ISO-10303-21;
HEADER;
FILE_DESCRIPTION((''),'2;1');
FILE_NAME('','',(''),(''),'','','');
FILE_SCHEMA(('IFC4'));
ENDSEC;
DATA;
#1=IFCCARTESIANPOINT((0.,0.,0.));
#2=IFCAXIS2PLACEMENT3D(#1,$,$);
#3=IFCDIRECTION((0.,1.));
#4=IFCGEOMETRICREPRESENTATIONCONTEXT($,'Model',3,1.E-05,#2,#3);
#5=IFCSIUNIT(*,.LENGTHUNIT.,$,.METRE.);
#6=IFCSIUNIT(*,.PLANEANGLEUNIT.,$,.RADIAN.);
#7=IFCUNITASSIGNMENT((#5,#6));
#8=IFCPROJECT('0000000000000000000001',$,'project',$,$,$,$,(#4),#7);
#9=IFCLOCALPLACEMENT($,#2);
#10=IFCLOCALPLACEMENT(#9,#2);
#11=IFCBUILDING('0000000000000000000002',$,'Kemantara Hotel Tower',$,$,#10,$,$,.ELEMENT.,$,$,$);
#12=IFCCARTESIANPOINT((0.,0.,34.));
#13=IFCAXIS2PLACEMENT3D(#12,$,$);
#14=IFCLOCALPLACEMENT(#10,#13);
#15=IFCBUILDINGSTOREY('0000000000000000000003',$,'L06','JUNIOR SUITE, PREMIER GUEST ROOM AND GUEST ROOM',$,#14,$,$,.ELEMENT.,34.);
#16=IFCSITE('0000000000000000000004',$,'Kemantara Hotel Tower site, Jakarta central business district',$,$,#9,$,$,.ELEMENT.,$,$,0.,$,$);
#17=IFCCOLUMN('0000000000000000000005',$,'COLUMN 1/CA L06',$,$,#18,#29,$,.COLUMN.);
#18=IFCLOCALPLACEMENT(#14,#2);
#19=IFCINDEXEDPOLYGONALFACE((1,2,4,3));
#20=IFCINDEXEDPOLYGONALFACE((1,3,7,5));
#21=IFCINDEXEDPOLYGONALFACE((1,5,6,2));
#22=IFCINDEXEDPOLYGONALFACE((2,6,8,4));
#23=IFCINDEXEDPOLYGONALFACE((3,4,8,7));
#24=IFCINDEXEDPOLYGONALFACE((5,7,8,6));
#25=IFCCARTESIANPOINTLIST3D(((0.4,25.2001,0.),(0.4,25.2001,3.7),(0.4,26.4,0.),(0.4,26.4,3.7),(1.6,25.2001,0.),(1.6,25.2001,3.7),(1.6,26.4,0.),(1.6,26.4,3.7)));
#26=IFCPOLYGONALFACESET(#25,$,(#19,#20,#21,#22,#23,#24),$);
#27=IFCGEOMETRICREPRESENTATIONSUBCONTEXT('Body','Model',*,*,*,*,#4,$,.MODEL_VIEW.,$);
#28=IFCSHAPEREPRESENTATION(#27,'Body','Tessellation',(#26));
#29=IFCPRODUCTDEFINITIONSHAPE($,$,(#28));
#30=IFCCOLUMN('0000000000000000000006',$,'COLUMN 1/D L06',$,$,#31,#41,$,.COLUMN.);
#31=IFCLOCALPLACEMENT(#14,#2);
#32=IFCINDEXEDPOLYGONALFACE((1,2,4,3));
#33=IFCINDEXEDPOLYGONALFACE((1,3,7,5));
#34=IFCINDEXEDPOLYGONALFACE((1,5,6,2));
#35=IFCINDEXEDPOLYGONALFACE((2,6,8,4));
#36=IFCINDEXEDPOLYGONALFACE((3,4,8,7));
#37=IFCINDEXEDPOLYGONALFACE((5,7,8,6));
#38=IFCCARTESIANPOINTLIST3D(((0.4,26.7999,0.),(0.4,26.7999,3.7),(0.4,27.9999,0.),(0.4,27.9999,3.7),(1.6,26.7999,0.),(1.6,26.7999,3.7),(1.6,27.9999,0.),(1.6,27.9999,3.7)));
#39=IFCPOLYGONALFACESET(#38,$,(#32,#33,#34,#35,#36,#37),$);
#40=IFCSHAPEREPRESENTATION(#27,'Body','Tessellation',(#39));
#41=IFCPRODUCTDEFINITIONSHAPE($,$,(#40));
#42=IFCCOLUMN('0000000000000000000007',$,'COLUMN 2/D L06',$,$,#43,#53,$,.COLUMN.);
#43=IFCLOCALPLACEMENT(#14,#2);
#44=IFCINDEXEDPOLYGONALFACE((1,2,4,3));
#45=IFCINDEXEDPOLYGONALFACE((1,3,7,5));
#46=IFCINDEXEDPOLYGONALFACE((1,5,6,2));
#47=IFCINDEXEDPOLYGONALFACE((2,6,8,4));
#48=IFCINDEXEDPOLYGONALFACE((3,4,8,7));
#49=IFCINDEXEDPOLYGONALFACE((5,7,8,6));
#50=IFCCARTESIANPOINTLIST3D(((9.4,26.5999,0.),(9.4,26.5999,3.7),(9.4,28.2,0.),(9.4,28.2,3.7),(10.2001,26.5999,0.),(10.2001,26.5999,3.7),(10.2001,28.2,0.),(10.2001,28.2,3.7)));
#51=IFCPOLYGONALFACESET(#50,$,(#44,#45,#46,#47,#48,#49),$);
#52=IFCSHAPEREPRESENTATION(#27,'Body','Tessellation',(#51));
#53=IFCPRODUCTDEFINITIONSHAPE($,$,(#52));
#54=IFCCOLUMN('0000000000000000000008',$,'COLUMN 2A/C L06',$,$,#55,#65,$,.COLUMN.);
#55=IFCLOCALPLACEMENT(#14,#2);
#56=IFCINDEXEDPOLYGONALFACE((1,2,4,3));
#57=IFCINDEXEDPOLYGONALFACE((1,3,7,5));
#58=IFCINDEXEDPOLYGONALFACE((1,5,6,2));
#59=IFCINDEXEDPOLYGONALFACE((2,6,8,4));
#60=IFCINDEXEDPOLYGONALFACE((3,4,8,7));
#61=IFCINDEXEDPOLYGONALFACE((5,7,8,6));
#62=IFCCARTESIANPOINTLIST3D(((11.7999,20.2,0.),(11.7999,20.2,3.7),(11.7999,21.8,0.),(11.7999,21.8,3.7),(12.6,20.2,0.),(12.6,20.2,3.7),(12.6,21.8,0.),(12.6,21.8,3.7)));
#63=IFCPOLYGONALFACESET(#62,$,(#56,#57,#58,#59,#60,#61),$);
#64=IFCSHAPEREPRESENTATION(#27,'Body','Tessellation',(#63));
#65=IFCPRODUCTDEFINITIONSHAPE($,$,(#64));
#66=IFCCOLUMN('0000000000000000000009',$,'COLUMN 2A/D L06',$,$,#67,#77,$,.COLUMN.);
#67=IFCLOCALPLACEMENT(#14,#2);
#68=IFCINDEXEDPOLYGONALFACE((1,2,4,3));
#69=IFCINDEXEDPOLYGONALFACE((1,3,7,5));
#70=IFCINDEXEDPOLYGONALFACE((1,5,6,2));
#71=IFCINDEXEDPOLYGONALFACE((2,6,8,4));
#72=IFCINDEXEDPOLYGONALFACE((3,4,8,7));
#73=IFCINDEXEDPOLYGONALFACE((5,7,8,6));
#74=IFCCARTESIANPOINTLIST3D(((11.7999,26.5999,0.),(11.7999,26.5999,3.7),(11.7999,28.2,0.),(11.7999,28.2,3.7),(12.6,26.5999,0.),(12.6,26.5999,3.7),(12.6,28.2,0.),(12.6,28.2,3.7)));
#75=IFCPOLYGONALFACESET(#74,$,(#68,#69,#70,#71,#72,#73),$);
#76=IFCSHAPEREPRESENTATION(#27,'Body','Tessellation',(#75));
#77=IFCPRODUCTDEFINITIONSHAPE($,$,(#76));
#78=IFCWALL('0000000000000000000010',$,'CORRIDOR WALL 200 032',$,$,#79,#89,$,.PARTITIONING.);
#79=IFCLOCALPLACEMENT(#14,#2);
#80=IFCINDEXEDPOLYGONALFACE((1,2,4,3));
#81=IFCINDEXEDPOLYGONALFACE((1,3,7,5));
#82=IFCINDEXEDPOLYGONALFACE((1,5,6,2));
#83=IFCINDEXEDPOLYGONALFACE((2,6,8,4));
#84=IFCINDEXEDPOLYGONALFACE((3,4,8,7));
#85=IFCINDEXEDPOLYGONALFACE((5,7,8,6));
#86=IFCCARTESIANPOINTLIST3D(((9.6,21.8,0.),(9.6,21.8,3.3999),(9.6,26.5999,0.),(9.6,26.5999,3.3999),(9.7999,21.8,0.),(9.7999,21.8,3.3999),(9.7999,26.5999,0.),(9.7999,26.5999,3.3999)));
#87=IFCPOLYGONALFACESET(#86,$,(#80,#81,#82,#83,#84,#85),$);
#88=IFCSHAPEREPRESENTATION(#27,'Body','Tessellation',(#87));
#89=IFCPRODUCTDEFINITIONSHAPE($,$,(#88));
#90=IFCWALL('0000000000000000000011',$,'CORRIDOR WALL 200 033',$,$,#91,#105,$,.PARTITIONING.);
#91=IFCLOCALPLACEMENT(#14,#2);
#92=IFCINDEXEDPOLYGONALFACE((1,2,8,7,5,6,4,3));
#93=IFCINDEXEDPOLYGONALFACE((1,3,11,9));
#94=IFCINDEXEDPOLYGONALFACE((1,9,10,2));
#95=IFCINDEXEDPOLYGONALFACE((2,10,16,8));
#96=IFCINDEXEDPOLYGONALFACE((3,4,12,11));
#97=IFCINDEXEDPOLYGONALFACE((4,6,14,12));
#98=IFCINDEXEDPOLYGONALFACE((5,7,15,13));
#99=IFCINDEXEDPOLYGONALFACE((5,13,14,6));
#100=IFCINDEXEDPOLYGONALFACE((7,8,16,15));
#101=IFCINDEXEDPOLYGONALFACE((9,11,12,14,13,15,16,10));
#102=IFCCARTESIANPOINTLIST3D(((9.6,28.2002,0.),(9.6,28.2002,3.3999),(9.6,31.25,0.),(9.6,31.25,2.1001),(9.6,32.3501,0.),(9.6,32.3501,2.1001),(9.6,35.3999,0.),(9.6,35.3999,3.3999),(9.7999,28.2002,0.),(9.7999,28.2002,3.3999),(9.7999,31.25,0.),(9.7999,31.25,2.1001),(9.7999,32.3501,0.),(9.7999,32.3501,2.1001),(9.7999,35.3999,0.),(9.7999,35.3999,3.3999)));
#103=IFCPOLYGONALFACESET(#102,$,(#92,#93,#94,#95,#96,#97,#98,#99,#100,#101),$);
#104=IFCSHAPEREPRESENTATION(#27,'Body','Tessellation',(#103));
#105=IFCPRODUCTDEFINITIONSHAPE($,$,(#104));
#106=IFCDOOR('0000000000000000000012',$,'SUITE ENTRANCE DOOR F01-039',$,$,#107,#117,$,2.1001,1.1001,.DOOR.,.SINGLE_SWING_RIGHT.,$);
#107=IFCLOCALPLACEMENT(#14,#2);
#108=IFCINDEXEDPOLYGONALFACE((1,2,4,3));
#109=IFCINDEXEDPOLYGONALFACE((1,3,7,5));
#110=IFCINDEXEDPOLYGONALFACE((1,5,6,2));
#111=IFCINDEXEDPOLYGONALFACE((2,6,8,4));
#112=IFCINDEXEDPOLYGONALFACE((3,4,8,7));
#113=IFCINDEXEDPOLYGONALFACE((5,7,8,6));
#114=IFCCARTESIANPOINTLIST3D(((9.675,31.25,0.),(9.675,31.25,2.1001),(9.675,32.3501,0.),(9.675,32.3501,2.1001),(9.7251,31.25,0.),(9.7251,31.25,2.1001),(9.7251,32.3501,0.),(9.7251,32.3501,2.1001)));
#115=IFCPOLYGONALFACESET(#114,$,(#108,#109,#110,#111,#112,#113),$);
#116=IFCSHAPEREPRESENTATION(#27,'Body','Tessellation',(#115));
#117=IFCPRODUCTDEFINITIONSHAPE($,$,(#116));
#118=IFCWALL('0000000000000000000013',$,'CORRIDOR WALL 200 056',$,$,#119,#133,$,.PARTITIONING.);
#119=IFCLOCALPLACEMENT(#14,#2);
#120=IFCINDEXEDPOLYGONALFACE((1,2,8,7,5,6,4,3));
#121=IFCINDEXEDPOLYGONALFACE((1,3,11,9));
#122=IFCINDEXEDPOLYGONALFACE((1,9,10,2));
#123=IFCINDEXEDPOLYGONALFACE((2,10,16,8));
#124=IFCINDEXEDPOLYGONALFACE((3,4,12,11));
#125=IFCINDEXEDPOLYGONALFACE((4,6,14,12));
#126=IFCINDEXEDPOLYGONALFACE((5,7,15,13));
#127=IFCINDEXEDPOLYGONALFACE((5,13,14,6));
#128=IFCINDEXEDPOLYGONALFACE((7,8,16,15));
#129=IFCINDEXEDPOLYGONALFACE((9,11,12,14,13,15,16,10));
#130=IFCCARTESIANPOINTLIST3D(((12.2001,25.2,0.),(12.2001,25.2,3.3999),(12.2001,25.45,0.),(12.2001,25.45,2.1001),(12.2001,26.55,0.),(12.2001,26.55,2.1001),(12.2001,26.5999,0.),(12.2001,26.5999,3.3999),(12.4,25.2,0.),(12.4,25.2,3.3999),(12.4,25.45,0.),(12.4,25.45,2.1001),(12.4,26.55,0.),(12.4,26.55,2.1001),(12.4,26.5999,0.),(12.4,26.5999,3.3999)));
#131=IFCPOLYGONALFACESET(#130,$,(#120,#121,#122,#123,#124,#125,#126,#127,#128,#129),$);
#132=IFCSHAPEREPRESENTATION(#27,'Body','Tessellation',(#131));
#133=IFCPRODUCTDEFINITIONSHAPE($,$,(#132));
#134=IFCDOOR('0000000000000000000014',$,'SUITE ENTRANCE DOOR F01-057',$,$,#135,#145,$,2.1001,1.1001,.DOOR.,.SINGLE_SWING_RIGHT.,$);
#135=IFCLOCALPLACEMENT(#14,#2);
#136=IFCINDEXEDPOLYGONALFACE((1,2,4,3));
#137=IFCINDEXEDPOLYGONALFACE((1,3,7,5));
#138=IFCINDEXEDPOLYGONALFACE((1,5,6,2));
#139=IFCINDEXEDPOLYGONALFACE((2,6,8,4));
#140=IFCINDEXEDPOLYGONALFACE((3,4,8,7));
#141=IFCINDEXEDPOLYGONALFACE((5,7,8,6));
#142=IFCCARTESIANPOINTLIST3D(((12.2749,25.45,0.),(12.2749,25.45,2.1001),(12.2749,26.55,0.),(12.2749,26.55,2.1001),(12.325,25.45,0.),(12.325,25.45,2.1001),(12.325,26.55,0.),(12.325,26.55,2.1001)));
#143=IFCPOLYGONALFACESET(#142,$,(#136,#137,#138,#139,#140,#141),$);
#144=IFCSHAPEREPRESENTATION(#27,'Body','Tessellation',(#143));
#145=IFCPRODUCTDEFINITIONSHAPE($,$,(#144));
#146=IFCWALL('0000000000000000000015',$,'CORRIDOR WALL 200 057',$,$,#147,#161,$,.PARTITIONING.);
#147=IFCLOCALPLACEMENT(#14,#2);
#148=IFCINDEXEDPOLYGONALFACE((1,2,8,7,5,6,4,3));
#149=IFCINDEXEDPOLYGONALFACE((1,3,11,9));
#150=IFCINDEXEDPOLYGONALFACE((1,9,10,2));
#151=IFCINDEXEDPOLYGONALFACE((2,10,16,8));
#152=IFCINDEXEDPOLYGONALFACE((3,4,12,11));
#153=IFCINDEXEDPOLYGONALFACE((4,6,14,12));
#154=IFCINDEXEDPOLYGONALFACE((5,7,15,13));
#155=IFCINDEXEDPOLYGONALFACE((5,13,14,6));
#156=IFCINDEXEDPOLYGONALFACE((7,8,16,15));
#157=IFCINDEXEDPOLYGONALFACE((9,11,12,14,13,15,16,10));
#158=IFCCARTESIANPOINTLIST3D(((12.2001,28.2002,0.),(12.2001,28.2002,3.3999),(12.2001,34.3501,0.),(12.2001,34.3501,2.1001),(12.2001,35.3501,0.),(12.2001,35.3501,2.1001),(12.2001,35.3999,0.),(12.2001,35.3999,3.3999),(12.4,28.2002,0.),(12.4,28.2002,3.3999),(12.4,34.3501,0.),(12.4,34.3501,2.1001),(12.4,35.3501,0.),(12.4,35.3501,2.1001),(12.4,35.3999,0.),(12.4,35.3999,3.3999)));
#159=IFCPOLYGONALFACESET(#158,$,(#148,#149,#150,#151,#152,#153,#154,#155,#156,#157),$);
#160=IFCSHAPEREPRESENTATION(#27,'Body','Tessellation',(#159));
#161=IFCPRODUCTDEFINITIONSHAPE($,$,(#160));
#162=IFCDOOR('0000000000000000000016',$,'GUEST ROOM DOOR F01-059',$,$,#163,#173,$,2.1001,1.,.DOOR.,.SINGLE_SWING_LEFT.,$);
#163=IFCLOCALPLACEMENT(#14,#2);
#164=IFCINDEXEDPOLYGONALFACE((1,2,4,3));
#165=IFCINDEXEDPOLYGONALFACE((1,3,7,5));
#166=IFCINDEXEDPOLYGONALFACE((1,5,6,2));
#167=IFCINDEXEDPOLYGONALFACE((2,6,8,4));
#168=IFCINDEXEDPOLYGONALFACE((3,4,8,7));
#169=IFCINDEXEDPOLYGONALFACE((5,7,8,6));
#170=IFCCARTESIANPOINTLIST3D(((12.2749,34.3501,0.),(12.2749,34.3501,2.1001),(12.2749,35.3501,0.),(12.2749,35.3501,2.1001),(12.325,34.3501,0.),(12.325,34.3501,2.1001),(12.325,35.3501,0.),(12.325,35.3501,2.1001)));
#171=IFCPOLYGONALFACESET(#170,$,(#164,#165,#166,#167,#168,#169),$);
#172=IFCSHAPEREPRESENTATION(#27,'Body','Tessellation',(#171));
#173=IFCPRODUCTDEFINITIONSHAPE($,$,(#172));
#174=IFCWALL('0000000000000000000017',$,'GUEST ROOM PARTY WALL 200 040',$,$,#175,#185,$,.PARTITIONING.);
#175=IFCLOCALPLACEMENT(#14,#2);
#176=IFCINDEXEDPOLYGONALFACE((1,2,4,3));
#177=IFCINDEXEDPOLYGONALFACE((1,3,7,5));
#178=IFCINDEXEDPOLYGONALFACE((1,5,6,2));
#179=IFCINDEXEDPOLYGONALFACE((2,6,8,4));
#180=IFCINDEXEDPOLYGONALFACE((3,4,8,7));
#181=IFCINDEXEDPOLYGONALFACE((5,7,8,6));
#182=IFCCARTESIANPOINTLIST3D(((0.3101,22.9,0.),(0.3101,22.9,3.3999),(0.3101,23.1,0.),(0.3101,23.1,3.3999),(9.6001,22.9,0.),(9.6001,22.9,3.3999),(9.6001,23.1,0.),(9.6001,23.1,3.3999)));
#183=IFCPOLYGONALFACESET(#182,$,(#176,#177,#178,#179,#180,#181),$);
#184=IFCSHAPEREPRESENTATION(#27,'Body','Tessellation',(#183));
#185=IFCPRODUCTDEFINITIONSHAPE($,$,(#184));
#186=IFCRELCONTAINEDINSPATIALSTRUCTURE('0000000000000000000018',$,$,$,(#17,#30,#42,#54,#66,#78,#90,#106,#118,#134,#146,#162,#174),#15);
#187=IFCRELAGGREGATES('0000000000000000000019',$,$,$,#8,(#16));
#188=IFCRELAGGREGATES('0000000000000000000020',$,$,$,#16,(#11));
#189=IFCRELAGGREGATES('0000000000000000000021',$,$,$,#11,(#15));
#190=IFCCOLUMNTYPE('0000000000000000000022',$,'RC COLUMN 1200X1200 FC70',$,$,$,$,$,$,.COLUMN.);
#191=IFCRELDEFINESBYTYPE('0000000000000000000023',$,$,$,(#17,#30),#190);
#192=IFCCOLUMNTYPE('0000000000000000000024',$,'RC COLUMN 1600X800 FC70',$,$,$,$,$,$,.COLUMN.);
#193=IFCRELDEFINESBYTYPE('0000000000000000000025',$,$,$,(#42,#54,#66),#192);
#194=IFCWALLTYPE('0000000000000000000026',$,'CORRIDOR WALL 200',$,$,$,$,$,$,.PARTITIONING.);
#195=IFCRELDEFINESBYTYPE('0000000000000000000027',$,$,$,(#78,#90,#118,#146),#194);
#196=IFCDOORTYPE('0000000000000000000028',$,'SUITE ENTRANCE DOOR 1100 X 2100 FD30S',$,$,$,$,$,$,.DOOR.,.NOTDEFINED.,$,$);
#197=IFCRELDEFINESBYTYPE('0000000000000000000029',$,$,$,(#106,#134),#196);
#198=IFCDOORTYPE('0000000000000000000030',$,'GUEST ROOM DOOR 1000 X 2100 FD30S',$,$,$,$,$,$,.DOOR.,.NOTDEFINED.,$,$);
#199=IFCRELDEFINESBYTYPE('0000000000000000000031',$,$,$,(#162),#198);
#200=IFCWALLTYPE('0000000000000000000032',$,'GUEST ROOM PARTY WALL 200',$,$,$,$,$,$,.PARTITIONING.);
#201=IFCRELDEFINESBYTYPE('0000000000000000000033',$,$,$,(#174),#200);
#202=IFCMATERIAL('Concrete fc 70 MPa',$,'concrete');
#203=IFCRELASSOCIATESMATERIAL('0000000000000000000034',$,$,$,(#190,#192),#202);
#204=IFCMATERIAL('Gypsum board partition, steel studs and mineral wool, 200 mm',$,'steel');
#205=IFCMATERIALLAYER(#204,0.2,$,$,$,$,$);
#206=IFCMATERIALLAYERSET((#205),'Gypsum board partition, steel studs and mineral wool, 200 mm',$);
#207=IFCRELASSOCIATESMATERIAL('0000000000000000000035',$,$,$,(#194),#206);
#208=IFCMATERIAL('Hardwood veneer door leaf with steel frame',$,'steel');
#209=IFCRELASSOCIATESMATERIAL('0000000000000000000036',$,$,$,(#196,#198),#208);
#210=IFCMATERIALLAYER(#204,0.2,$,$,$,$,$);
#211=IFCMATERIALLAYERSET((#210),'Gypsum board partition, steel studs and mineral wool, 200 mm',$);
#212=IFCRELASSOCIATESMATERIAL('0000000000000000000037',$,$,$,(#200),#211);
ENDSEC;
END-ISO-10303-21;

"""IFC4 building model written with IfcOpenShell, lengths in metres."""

from ifc_helpers import new_model, si_unit, direction, frame, frame_2d, origin, origin_2d, place, context, subcontext, project, spatial, rectangle, extrude, material, layer, layer_set, material_profile, profile_set, type_object, element, fill, save


model = new_model("IFC4")

# Units and contexts
model_context = context("Model", 3, precision=1e-05, world=origin(), true_north=direction((0.0, 1.0)))
body_context = subcontext(model_context, "Body", "Model", "MODEL_VIEW")
ifc_project = project(units=[si_unit("LENGTHUNIT", "METRE"), si_unit("PLANEANGLEUNIT", "RADIAN")], contexts=[model_context])

# Site, building, storey
site_placement = place(None, origin())
site = spatial("IfcSite", under=ifc_project, at=site_placement, Name="Kemantara Hotel Tower site, Jakarta central business district", CompositionType="ELEMENT", RefElevation=0.0)
building_placement = place(site_placement, origin())
building = spatial("IfcBuilding", under=site, at=building_placement, Name="Kemantara Hotel Tower", CompositionType="ELEMENT")
storey_placement = place(building_placement, frame((0.0, 0.0, 34.0)))
storey = spatial("IfcBuildingStorey", under=building, at=storey_placement, Name="L06", Description="JUNIOR SUITE, PREMIER GUEST ROOM AND GUEST ROOM", CompositionType="ELEMENT", Elevation=34.0)

# Columns
ifc_material_1 = material(Name="Concrete fc 70 MPa", Category="concrete")
ifc_material_profile_1 = material_profile(ifc_material_1, rectangle(XDim=1.2, YDim=1.2, at=origin_2d()), Name="RC 1200X1200")
ifc_profile_set_1 = profile_set([ifc_material_profile_1], Name="Concrete fc 70 MPa")
column_type_1 = type_object("IfcColumnType", Name="RC COLUMN 1200X1200 FC70", PredefinedType="COLUMN", material=ifc_profile_set_1)
for number, where, z_axis, x_axis, name in (
    (1, (1.0, 25.8, 0.0), (0.0, 0.0, 1.0), (1.0, 0.0, 0.0), "COLUMN 1/CA L06"),
    (2, (1.0, 27.3999, 0.0), (0.0, 0.0, 1.0), (1.0, 0.0, 0.0), "COLUMN 1/D L06"),
):
    element("IfcColumn", number, at=place(storey_placement, frame(where, z_axis=z_axis, x_axis=x_axis)), inside=storey, type_object=column_type_1, Name=name, PredefinedType="COLUMN", context=body_context, shape_type="SweptSolid", body=[
        extrude(rectangle(XDim=1.2, YDim=1.2, at=origin_2d()), origin(), (0.0, 0.0, 1.0), 3.7),
    ])
ifc_material_profile_2 = material_profile(ifc_material_1, rectangle(XDim=1.6001, YDim=0.8, at=origin_2d()), Name="RC 1600X800")
ifc_profile_set_2 = profile_set([ifc_material_profile_2], Name="Concrete fc 70 MPa")
column_type_2 = type_object("IfcColumnType", Name="RC COLUMN 1600X800 FC70", PredefinedType="COLUMN", material=ifc_profile_set_2)
for number, where, z_axis, x_axis, name in (
    (3, (9.8, 27.3999, 0.0), (0.0, 0.0, 1.0), (0.0, 1.0, 0.0), "COLUMN 2/D L06"),
    (4, (12.2, 21.0, 0.0), (0.0, 0.0, 1.0), (0.0, 1.0, 0.0), "COLUMN 2A/C L06"),
    (5, (12.2, 27.3999, 0.0), (0.0, 0.0, 1.0), (0.0, 1.0, 0.0), "COLUMN 2A/D L06"),
):
    element("IfcColumn", number, at=place(storey_placement, frame(where, z_axis=z_axis, x_axis=x_axis)), inside=storey, type_object=column_type_2, Name=name, PredefinedType="COLUMN", context=body_context, shape_type="SweptSolid", body=[
        extrude(rectangle(XDim=1.6001, YDim=0.8, at=origin_2d()), origin(), (0.0, 0.0, 1.0), 3.7),
    ])

# Wall
ifc_material_2 = material(Name="Gypsum board partition, steel studs and mineral wool, 200 mm", Category="steel")
ifc_layer_1 = layer(ifc_material_2, 0.2)
ifc_layer_set_1 = layer_set([ifc_layer_1], Name="Gypsum board partition, steel studs and mineral wool, 200 mm")
wall_type_1 = type_object("IfcWallType", Name="CORRIDOR WALL 200", PredefinedType="PARTITIONING", material=ifc_layer_set_1)
wall_1_placement = place(storey_placement, frame((9.7, 21.8, 0.0), z_axis=(0.0, 0.0, 1.0), x_axis=(0.0, 1.0, 0.0)))
element("IfcWall", 6, at=wall_1_placement, inside=storey, type_object=wall_type_1, Name="CORRIDOR WALL 200 032", PredefinedType="PARTITIONING", context=body_context, shape_type="SweptSolid", body=[
    extrude(rectangle(XDim=4.7998, YDim=0.2, at=frame_2d((2.3999, 0.0))), origin(), (0.0, 0.0, 1.0), 3.3999),
])

# Walls, openings, doors
wall_2_placement = place(storey_placement, frame((9.7, 28.2002, 0.0), z_axis=(0.0, 0.0, 1.0), x_axis=(0.0, 1.0, 0.0)))
wall_2 = element("IfcWall", 7, at=wall_2_placement, inside=storey, type_object=wall_type_1, Name="CORRIDOR WALL 200 033", PredefinedType="PARTITIONING", context=body_context, shape_type="SweptSolid", body=[
    extrude(rectangle(XDim=7.1997, YDim=0.2, at=frame_2d((3.5999, 0.0))), origin(), (0.0, 0.0, 1.0), 3.3999),
])
opening_1_placement = place(wall_2_placement, frame((3.0498, 0.0, 0.0)))
opening_1 = element("IfcOpeningElement", 8, at=opening_1_placement, cuts=wall_2, PredefinedType="OPENING", context=body_context, shape_type="SweptSolid", body=[
    extrude(rectangle(XDim=1.1001, YDim=2.1001, at=frame_2d((0.55, 1.05))), frame((0.0, 0.1099, 0.0), z_axis=(0.0, -1.0, 0.0), x_axis=(1.0, 0.0, 0.0)), (0.0, 0.0, 1.0), 0.22),
])
ifc_material_3 = material(Name="Hardwood veneer door leaf with steel frame", Category="steel")
door_type_1 = type_object("IfcDoorType", Name="SUITE ENTRANCE DOOR 1100 X 2100 FD30S", OperationType="NOTDEFINED", PredefinedType="DOOR", material=ifc_material_3)
door_1_placement = place(opening_1_placement, origin())
door_1 = element("IfcDoor", 9, at=door_1_placement, inside=storey, type_object=door_type_1, Name="SUITE ENTRANCE DOOR F01-039", OperationType="SINGLE_SWING_RIGHT", OverallHeight=2.1001, OverallWidth=1.1001, PredefinedType="DOOR", context=body_context, shape_type="SweptSolid", body=[
    extrude(rectangle(XDim=1.1001, YDim=2.1001, at=frame_2d((0.55, 1.05))), frame((0.0, 0.0249, 0.0), z_axis=(0.0, -1.0, 0.0), x_axis=(1.0, 0.0, 0.0)), (0.0, 0.0, 1.0), 0.05),
])
fill(opening_1, door_1)
wall_3_placement = place(storey_placement, frame((12.3, 26.5999, 0.0), z_axis=(0.0, 0.0, 1.0), x_axis=(0.0, -1.0, 0.0)))
wall_3 = element("IfcWall", 10, at=wall_3_placement, inside=storey, type_object=wall_type_1, Name="CORRIDOR WALL 200 056", PredefinedType="PARTITIONING", context=body_context, shape_type="SweptSolid", body=[
    extrude(rectangle(XDim=1.3999, YDim=0.2, at=frame_2d((0.7, 0.0))), origin(), (0.0, 0.0, 1.0), 3.3999),
])
opening_2_placement = place(wall_3_placement, frame((0.0498, 0.0, 0.0)))
opening_2 = element("IfcOpeningElement", 11, at=opening_2_placement, cuts=wall_3, PredefinedType="OPENING", context=body_context, shape_type="SweptSolid", body=[
    extrude(rectangle(XDim=1.1001, YDim=2.1001, at=frame_2d((0.55, 1.05))), frame((0.0, 0.1099, 0.0), z_axis=(0.0, -1.0, 0.0), x_axis=(1.0, 0.0, 0.0)), (0.0, 0.0, 1.0), 0.22),
])
door_2_placement = place(opening_2_placement, origin())
door_2 = element("IfcDoor", 12, at=door_2_placement, inside=storey, type_object=door_type_1, Name="SUITE ENTRANCE DOOR F01-057", OperationType="SINGLE_SWING_RIGHT", OverallHeight=2.1001, OverallWidth=1.1001, PredefinedType="DOOR", context=body_context, shape_type="SweptSolid", body=[
    extrude(rectangle(XDim=1.1001, YDim=2.1001, at=frame_2d((0.55, 1.05))), frame((0.0, 0.0249, 0.0), z_axis=(0.0, -1.0, 0.0), x_axis=(1.0, 0.0, 0.0)), (0.0, 0.0, 1.0), 0.05),
])
fill(opening_2, door_2)
wall_4_placement = place(storey_placement, frame((12.3, 35.3999, 0.0), z_axis=(0.0, 0.0, 1.0), x_axis=(0.0, -1.0, 0.0)))
wall_4 = element("IfcWall", 13, at=wall_4_placement, inside=storey, type_object=wall_type_1, Name="CORRIDOR WALL 200 057", PredefinedType="PARTITIONING", context=body_context, shape_type="SweptSolid", body=[
    extrude(rectangle(XDim=7.1997, YDim=0.2, at=frame_2d((3.5999, 0.0))), origin(), (0.0, 0.0, 1.0), 3.3999),
])
opening_3_placement = place(wall_4_placement, frame((0.0498, 0.0, 0.0)))
opening_3 = element("IfcOpeningElement", 14, at=opening_3_placement, cuts=wall_4, PredefinedType="OPENING", context=body_context, shape_type="SweptSolid", body=[
    extrude(rectangle(XDim=1.0, YDim=2.1001, at=frame_2d((0.5, 1.05))), frame((0.0, 0.1099, 0.0), z_axis=(0.0, -1.0, 0.0), x_axis=(1.0, 0.0, 0.0)), (0.0, 0.0, 1.0), 0.22),
])
door_type_2 = type_object("IfcDoorType", Name="GUEST ROOM DOOR 1000 X 2100 FD30S", OperationType="NOTDEFINED", PredefinedType="DOOR", material=ifc_material_3)
door_3_placement = place(opening_3_placement, origin())
door_3 = element("IfcDoor", 15, at=door_3_placement, inside=storey, type_object=door_type_2, Name="GUEST ROOM DOOR F01-059", OperationType="SINGLE_SWING_LEFT", OverallHeight=2.1001, OverallWidth=1.0, PredefinedType="DOOR", context=body_context, shape_type="SweptSolid", body=[
    extrude(rectangle(XDim=1.0, YDim=2.1001, at=frame_2d((0.5, 1.05))), frame((0.0, 0.0249, 0.0), z_axis=(0.0, -1.0, 0.0), x_axis=(1.0, 0.0, 0.0)), (0.0, 0.0, 1.0), 0.05),
])
fill(opening_3, door_3)

# Wall
ifc_layer_2 = layer(ifc_material_2, 0.2)
ifc_layer_set_2 = layer_set([ifc_layer_2], Name="Gypsum board partition, steel studs and mineral wool, 200 mm")
wall_type_2 = type_object("IfcWallType", Name="GUEST ROOM PARTY WALL 200", PredefinedType="PARTITIONING", material=ifc_layer_set_2)
wall_5_placement = place(storey_placement, frame((0.3101, 23.0, 0.0), z_axis=(0.0, 0.0, 1.0), x_axis=(1.0, 0.0, 0.0)))
element("IfcWall", 16, at=wall_5_placement, inside=storey, type_object=wall_type_2, Name="GUEST ROOM PARTY WALL 200 040", PredefinedType="PARTITIONING", context=body_context, shape_type="SweptSolid", body=[
    extrude(rectangle(XDim=9.29, YDim=0.2, at=frame_2d((4.645, 0.0))), origin(), (0.0, 0.0, 1.0), 3.3999),
])

save(model, "model.ifc")
